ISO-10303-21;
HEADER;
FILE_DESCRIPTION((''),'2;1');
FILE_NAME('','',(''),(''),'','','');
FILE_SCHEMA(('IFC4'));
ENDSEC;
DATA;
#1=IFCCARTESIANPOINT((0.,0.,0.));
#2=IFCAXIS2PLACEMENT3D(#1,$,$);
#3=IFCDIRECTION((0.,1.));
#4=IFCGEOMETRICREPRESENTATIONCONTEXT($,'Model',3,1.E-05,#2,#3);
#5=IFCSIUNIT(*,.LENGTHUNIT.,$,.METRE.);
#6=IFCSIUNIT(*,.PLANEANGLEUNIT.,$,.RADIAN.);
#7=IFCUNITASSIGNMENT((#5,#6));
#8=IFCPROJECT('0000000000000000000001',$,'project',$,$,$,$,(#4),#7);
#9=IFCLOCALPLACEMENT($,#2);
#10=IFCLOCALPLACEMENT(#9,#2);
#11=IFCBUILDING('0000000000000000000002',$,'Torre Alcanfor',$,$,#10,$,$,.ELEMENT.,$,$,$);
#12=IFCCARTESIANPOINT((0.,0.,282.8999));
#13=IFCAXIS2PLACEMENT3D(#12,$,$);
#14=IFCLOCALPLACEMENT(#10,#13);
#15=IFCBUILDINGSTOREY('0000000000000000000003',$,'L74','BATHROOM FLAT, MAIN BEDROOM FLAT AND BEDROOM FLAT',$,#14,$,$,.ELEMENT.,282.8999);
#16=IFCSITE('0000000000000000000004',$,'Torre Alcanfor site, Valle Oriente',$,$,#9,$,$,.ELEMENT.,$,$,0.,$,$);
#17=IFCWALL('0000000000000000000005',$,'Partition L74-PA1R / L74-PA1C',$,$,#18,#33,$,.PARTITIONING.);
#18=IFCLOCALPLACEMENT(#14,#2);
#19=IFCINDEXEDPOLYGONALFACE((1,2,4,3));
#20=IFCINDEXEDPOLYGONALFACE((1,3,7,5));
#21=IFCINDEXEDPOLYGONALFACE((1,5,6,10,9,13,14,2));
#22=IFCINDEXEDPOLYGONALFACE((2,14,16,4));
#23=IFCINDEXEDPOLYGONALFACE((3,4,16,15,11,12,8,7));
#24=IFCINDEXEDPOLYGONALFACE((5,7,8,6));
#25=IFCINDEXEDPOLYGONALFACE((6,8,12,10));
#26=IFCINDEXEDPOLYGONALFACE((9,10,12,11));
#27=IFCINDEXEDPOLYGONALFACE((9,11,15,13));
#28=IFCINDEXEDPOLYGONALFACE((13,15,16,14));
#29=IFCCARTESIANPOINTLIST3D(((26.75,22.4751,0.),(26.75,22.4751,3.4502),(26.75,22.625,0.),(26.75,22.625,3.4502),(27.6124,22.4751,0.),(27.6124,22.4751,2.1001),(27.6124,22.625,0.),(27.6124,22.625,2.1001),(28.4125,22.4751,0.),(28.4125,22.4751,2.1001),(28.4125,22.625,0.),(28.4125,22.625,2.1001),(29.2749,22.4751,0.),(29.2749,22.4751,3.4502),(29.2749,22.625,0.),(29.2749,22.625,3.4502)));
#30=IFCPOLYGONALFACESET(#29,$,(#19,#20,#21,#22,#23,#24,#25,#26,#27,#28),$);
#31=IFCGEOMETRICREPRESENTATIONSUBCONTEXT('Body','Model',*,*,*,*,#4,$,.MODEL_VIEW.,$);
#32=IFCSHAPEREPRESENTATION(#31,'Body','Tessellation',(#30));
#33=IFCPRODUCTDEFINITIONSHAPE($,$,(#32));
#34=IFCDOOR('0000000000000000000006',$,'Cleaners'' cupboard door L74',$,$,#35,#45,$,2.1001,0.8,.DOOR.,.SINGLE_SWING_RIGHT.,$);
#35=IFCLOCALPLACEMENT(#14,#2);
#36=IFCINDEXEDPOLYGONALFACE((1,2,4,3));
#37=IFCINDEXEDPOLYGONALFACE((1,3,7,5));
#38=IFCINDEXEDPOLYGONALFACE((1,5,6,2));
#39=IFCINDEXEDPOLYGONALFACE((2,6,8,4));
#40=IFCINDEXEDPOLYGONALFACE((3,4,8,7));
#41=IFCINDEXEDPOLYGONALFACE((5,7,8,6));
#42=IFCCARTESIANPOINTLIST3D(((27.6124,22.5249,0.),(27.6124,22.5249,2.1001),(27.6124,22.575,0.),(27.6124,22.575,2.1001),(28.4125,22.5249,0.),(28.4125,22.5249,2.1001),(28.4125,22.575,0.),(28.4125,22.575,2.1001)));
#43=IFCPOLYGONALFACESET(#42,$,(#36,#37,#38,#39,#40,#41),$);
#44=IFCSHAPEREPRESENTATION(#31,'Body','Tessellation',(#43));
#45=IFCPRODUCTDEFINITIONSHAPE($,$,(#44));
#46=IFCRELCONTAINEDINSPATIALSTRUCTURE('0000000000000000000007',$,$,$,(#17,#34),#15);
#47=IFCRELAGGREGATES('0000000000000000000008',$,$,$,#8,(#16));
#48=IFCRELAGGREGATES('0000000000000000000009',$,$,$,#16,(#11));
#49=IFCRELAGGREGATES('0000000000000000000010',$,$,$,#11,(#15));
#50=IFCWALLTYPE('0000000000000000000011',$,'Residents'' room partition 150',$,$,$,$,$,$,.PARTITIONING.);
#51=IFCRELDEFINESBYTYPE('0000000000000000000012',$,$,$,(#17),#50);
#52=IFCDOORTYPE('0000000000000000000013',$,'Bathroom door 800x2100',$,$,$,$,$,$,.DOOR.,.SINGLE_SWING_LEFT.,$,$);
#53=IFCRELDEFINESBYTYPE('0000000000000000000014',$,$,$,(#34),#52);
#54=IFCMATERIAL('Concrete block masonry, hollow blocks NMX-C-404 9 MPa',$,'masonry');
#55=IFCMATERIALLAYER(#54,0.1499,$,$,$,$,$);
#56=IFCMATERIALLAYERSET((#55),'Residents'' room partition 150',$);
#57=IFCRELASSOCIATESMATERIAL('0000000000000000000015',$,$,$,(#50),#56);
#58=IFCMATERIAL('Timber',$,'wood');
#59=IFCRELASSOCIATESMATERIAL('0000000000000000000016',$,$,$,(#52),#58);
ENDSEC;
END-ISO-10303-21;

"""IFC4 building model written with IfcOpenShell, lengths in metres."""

from ifc_helpers import new_model, si_unit, direction, frame, frame_2d, origin, place, context, subcontext, project, spatial, rectangle, extrude, material, layer, layer_set, type_object, element, fill, save


model = new_model("IFC4")

# Units and contexts
model_context = context("Model", 3, precision=1e-05, world=origin(), true_north=direction((0.0, 1.0)))
body_context = subcontext(model_context, "Body", "Model", "MODEL_VIEW")
ifc_project = project(units=[si_unit("LENGTHUNIT", "METRE"), si_unit("PLANEANGLEUNIT", "RADIAN")], contexts=[model_context])

# Site, building, storey
site_placement = place(None, origin())
site = spatial("IfcSite", under=ifc_project, at=site_placement, Name="Torre Alcanfor site, Valle Oriente", CompositionType="ELEMENT", RefElevation=0.0)
building_placement = place(site_placement, origin())
building = spatial("IfcBuilding", under=site, at=building_placement, Name="Torre Alcanfor", CompositionType="ELEMENT")
storey_placement = place(building_placement, frame((0.0, 0.0, 282.8999)))
storey = spatial("IfcBuildingStorey", under=building, at=storey_placement, Name="L74", Description="BATHROOM FLAT, MAIN BEDROOM FLAT AND BEDROOM FLAT", CompositionType="ELEMENT", Elevation=282.8999)

# Shared definitions
ifc_material_1 = material(Name="Concrete block masonry, hollow blocks NMX-C-404 9 MPa", Category="masonry")
ifc_layer_1 = layer(ifc_material_1, 0.1499)
ifc_layer_set_1 = layer_set([ifc_layer_1], Name="Residents' room partition 150")
wall_type_1 = type_object("IfcWallType", Name="Residents' room partition 150", PredefinedType="PARTITIONING", material=ifc_layer_set_1)

# Wall, opening, door
wall_1_placement = place(storey_placement, frame((26.75, 22.55, 0.0), z_axis=(0.0, 0.0, 1.0), x_axis=(1.0, 0.0, 0.0)))
wall_1 = element("IfcWall", 1, at=wall_1_placement, inside=storey, type_object=wall_type_1, Name="Partition L74-PA1R / L74-PA1C", PredefinedType="PARTITIONING", context=body_context, shape_type="SweptSolid", body=[
    extrude(rectangle(XDim=2.5249, YDim=0.1499, at=frame_2d((1.2625, 0.0))), origin(), (0.0, 0.0, 1.0), 3.4502),
])
opening_1_placement = place(wall_1_placement, frame((0.8625, 0.0, 0.0)))
opening_1 = element("IfcOpeningElement", 2, at=opening_1_placement, cuts=wall_1, PredefinedType="OPENING", context=body_context, shape_type="SweptSolid", body=[
    extrude(rectangle(XDim=0.8, YDim=2.1001, at=frame_2d((0.3999, 1.05))), frame((0.0, 0.085, 0.0), z_axis=(0.0, -1.0, 0.0), x_axis=(1.0, 0.0, 0.0)), (0.0, 0.0, 1.0), 0.1699),
])
ifc_material_2 = material(Name="Timber", Category="wood")
door_type_1 = type_object("IfcDoorType", Name="Bathroom door 800x2100", OperationType="SINGLE_SWING_LEFT", PredefinedType="DOOR", material=ifc_material_2)
door_1_placement = place(opening_1_placement, frame((0.8, 0.0, 0.0), z_axis=(0.0, 0.0, 1.0), x_axis=(-1.0, 0.0, 0.0)))
door_1 = element("IfcDoor", 3, at=door_1_placement, inside=storey, type_object=door_type_1, Name="Cleaners' cupboard door L74", OperationType="SINGLE_SWING_RIGHT", OverallHeight=2.1001, OverallWidth=0.8, PredefinedType="DOOR", context=body_context, shape_type="SweptSolid", body=[
    extrude(rectangle(XDim=0.8, YDim=2.1001, at=frame_2d((0.4001, 1.05))), frame((0.0, 0.0251, 0.0), z_axis=(0.0, -1.0, 0.0), x_axis=(1.0, 0.0, 0.0)), (0.0, 0.0, 1.0), 0.05),
])
fill(opening_1, door_1)

save(model, "model.ifc")
